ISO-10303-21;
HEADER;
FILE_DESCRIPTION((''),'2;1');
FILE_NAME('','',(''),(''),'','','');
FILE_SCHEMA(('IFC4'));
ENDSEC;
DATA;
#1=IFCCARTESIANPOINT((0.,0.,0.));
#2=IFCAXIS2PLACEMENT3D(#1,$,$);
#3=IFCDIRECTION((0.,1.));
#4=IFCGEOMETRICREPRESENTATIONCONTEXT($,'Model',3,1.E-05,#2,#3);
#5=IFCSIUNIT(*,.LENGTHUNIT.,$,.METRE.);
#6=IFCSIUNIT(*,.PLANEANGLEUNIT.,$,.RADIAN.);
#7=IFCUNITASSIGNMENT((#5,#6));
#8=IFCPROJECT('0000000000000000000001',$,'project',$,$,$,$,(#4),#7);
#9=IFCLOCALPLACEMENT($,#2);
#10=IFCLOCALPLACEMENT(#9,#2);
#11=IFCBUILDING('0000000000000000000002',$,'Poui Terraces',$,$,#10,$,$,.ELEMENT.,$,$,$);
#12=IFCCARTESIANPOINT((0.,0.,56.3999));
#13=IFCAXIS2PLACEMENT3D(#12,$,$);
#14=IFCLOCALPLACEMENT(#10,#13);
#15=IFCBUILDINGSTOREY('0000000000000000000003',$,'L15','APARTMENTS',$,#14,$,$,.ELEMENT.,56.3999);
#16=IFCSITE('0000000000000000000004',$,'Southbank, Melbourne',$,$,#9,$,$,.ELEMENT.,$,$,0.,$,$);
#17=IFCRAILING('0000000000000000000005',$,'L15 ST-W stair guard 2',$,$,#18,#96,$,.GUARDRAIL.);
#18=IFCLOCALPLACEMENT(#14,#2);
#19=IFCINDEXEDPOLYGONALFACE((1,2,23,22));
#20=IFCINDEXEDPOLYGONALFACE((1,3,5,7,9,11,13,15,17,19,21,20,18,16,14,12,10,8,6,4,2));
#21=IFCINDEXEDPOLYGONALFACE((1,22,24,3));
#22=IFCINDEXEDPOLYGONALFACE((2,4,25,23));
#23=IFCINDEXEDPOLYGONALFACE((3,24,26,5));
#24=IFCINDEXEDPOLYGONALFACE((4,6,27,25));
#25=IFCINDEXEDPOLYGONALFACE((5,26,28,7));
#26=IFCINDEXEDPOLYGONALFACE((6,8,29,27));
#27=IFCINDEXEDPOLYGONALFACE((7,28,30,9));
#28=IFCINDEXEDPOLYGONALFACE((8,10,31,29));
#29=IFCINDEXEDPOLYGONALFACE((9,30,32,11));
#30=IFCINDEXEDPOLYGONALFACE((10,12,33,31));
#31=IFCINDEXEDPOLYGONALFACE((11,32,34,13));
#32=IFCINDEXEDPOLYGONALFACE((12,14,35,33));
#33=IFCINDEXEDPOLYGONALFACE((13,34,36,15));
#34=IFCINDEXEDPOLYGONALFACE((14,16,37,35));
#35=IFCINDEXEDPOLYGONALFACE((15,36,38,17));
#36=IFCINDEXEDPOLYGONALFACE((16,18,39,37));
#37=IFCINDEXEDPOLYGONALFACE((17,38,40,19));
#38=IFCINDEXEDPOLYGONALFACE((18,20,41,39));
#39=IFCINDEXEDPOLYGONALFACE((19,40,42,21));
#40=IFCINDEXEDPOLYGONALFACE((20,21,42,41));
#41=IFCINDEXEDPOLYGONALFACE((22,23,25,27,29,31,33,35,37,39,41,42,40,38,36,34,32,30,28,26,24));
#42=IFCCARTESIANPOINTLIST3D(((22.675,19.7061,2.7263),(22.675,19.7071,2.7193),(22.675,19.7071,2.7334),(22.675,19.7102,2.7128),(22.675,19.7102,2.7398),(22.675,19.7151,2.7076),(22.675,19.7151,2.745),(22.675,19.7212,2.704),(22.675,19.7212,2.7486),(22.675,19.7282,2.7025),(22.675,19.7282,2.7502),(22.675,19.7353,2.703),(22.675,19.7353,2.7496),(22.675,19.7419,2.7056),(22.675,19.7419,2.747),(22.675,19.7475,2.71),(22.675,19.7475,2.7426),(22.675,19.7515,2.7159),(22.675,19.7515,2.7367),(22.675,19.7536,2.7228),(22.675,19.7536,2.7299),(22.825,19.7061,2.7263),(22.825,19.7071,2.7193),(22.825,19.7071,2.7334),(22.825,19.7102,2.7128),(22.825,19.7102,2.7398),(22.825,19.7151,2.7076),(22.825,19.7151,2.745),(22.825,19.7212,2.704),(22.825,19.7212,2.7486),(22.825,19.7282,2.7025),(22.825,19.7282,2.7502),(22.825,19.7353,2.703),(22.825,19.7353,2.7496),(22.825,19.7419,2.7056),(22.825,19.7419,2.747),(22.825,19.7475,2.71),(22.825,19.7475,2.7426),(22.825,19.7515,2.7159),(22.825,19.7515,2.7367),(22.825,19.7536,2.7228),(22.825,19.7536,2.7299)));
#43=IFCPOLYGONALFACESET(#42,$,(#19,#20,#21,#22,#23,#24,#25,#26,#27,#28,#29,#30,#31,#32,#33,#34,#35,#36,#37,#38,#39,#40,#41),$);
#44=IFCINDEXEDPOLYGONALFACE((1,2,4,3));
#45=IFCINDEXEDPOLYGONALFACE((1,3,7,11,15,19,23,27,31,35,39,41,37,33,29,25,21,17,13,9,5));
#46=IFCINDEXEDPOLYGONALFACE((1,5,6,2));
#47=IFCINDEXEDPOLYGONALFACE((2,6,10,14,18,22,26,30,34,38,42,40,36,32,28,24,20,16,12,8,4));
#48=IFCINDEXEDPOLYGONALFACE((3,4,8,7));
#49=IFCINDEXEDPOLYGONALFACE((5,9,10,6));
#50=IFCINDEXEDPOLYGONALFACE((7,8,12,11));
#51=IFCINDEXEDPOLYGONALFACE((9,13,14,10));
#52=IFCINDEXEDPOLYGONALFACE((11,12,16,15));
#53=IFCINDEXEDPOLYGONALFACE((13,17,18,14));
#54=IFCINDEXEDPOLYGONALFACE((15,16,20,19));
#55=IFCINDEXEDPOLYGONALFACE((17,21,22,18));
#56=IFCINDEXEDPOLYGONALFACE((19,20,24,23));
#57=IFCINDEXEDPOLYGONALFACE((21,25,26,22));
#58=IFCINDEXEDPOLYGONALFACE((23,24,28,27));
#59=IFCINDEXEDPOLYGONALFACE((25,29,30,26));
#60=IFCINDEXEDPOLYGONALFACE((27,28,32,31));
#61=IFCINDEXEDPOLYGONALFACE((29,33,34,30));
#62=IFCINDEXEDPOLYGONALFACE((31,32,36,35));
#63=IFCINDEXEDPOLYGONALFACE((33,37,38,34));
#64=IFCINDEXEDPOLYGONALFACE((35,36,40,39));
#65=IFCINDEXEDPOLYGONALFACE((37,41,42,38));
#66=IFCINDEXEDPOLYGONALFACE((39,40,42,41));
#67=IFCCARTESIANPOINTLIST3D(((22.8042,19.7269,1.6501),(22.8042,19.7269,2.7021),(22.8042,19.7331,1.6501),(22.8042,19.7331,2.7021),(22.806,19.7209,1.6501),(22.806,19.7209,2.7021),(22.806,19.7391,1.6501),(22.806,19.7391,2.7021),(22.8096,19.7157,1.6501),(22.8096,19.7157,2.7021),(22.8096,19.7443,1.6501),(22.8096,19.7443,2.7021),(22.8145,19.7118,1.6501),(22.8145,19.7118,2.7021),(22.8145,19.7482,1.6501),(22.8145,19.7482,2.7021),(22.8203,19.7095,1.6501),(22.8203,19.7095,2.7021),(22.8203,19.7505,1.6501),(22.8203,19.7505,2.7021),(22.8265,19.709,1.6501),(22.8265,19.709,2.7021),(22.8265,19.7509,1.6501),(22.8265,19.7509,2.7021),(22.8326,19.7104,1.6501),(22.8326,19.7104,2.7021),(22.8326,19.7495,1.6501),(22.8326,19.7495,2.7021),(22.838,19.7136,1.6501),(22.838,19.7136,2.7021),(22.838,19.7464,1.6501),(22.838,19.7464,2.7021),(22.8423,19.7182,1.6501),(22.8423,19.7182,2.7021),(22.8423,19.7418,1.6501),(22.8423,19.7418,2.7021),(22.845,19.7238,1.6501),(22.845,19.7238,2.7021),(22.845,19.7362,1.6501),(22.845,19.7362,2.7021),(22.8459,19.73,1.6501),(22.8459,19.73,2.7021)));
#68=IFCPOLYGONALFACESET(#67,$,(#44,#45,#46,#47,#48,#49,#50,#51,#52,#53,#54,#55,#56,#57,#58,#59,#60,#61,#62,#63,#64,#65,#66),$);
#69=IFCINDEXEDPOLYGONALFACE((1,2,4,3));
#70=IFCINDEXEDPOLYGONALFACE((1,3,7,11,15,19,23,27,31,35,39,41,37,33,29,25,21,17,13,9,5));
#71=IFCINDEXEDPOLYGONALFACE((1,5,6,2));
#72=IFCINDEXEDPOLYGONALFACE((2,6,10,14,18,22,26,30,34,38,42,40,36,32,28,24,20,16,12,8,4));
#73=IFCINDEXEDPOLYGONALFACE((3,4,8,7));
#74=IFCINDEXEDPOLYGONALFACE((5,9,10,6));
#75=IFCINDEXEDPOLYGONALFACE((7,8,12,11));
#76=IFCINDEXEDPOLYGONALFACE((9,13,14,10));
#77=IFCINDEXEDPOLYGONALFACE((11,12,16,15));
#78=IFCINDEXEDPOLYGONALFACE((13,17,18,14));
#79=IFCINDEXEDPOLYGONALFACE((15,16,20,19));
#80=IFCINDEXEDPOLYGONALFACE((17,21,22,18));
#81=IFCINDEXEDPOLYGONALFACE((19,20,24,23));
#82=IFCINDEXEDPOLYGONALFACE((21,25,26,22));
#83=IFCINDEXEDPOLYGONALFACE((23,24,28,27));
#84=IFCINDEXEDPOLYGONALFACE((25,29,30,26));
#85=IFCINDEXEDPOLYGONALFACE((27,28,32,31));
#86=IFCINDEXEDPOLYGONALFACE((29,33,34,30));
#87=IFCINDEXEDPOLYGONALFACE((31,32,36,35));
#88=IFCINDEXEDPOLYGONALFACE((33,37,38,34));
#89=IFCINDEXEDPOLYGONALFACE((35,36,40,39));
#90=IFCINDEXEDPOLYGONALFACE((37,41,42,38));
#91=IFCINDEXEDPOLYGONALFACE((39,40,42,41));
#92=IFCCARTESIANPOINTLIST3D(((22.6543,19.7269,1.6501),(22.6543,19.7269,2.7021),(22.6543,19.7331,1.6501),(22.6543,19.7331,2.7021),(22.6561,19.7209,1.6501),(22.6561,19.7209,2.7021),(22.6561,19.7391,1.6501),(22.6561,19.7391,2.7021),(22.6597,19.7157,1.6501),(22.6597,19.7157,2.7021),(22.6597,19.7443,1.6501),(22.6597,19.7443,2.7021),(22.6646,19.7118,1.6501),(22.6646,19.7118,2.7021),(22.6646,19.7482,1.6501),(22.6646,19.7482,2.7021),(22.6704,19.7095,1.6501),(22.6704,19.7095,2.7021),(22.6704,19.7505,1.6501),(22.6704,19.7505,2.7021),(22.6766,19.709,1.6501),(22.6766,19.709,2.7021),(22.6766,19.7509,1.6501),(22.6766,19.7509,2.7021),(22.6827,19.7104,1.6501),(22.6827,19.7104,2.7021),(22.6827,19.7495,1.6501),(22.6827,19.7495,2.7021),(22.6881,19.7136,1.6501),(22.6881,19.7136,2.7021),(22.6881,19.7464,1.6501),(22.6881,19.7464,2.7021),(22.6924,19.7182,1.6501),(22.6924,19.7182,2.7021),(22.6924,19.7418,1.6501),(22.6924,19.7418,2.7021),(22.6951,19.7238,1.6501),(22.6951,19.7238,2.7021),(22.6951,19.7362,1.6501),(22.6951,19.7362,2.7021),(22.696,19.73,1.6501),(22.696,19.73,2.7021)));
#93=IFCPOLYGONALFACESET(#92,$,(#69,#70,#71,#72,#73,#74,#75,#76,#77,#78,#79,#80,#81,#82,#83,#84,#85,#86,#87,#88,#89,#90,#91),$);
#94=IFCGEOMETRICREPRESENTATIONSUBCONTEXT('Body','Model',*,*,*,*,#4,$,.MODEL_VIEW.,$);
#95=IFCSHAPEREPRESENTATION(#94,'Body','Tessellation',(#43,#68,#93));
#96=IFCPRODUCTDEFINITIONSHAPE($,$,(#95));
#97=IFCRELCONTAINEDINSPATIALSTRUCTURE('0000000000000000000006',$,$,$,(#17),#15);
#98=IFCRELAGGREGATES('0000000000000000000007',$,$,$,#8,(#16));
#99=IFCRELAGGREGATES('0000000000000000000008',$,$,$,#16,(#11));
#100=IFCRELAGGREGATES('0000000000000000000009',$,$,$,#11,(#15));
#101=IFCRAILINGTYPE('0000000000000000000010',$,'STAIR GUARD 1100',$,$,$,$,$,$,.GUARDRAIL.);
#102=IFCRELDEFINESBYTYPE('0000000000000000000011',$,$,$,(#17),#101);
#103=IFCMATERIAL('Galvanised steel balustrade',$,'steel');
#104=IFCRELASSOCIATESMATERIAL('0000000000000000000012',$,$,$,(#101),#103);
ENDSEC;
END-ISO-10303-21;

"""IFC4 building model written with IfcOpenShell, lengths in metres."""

from ifc_helpers import new_model, si_unit, direction, frame, origin, origin_2d, place, context, subcontext, project, spatial, circle, extrude, material, type_object, element, save


model = new_model("IFC4")

# Units and contexts
model_context = context("Model", 3, precision=1e-05, world=origin(), true_north=direction((0.0, 1.0)))
body_context = subcontext(model_context, "Body", "Model", "MODEL_VIEW")
ifc_project = project(units=[si_unit("LENGTHUNIT", "METRE"), si_unit("PLANEANGLEUNIT", "RADIAN")], contexts=[model_context])

# Site, building, storey
site_placement = place(None, origin())
site = spatial("IfcSite", under=ifc_project, at=site_placement, Name="Southbank, Melbourne", CompositionType="ELEMENT", RefElevation=0.0)
building_placement = place(site_placement, origin())
building = spatial("IfcBuilding", under=site, at=building_placement, Name="Poui Terraces", CompositionType="ELEMENT")
storey_placement = place(building_placement, frame((0.0, 0.0, 56.3999)))
storey = spatial("IfcBuildingStorey", under=building, at=storey_placement, Name="L15", Description="APARTMENTS", CompositionType="ELEMENT", Elevation=56.3999)

# Railing
ifc_material_1 = material(Name="Galvanised steel balustrade", Category="steel")
railing_type_1 = type_object("IfcRailingType", Name="STAIR GUARD 1100", PredefinedType="GUARDRAIL", material=ifc_material_1)
railing_1_placement = place(storey_placement, frame((22.825, 19.73, 1.6501)))
element("IfcRailing", 1, at=railing_1_placement, inside=storey, type_object=railing_type_1, Name="L15 ST-W stair guard 2", PredefinedType="GUARDRAIL", context=body_context, shape_type="SweptSolid", body=[
    extrude(circle(Radius=0.0239, at=origin_2d()), frame((0.0, 0.0, 1.0762), z_axis=(-1.0, 0.0, 0.0), x_axis=(0.0, -1.0, 0.0)), (0.0, 0.0, 1.0), 0.1499),
    extrude(circle(Radius=0.021, at=origin_2d()), origin(), (0.0, 0.0, 1.0), 1.052),
    extrude(circle(Radius=0.021, at=origin_2d()), frame((-0.1499, 0.0, 0.0)), (0.0, 0.0, 1.0), 1.052),
])

save(model, "model.ifc")
